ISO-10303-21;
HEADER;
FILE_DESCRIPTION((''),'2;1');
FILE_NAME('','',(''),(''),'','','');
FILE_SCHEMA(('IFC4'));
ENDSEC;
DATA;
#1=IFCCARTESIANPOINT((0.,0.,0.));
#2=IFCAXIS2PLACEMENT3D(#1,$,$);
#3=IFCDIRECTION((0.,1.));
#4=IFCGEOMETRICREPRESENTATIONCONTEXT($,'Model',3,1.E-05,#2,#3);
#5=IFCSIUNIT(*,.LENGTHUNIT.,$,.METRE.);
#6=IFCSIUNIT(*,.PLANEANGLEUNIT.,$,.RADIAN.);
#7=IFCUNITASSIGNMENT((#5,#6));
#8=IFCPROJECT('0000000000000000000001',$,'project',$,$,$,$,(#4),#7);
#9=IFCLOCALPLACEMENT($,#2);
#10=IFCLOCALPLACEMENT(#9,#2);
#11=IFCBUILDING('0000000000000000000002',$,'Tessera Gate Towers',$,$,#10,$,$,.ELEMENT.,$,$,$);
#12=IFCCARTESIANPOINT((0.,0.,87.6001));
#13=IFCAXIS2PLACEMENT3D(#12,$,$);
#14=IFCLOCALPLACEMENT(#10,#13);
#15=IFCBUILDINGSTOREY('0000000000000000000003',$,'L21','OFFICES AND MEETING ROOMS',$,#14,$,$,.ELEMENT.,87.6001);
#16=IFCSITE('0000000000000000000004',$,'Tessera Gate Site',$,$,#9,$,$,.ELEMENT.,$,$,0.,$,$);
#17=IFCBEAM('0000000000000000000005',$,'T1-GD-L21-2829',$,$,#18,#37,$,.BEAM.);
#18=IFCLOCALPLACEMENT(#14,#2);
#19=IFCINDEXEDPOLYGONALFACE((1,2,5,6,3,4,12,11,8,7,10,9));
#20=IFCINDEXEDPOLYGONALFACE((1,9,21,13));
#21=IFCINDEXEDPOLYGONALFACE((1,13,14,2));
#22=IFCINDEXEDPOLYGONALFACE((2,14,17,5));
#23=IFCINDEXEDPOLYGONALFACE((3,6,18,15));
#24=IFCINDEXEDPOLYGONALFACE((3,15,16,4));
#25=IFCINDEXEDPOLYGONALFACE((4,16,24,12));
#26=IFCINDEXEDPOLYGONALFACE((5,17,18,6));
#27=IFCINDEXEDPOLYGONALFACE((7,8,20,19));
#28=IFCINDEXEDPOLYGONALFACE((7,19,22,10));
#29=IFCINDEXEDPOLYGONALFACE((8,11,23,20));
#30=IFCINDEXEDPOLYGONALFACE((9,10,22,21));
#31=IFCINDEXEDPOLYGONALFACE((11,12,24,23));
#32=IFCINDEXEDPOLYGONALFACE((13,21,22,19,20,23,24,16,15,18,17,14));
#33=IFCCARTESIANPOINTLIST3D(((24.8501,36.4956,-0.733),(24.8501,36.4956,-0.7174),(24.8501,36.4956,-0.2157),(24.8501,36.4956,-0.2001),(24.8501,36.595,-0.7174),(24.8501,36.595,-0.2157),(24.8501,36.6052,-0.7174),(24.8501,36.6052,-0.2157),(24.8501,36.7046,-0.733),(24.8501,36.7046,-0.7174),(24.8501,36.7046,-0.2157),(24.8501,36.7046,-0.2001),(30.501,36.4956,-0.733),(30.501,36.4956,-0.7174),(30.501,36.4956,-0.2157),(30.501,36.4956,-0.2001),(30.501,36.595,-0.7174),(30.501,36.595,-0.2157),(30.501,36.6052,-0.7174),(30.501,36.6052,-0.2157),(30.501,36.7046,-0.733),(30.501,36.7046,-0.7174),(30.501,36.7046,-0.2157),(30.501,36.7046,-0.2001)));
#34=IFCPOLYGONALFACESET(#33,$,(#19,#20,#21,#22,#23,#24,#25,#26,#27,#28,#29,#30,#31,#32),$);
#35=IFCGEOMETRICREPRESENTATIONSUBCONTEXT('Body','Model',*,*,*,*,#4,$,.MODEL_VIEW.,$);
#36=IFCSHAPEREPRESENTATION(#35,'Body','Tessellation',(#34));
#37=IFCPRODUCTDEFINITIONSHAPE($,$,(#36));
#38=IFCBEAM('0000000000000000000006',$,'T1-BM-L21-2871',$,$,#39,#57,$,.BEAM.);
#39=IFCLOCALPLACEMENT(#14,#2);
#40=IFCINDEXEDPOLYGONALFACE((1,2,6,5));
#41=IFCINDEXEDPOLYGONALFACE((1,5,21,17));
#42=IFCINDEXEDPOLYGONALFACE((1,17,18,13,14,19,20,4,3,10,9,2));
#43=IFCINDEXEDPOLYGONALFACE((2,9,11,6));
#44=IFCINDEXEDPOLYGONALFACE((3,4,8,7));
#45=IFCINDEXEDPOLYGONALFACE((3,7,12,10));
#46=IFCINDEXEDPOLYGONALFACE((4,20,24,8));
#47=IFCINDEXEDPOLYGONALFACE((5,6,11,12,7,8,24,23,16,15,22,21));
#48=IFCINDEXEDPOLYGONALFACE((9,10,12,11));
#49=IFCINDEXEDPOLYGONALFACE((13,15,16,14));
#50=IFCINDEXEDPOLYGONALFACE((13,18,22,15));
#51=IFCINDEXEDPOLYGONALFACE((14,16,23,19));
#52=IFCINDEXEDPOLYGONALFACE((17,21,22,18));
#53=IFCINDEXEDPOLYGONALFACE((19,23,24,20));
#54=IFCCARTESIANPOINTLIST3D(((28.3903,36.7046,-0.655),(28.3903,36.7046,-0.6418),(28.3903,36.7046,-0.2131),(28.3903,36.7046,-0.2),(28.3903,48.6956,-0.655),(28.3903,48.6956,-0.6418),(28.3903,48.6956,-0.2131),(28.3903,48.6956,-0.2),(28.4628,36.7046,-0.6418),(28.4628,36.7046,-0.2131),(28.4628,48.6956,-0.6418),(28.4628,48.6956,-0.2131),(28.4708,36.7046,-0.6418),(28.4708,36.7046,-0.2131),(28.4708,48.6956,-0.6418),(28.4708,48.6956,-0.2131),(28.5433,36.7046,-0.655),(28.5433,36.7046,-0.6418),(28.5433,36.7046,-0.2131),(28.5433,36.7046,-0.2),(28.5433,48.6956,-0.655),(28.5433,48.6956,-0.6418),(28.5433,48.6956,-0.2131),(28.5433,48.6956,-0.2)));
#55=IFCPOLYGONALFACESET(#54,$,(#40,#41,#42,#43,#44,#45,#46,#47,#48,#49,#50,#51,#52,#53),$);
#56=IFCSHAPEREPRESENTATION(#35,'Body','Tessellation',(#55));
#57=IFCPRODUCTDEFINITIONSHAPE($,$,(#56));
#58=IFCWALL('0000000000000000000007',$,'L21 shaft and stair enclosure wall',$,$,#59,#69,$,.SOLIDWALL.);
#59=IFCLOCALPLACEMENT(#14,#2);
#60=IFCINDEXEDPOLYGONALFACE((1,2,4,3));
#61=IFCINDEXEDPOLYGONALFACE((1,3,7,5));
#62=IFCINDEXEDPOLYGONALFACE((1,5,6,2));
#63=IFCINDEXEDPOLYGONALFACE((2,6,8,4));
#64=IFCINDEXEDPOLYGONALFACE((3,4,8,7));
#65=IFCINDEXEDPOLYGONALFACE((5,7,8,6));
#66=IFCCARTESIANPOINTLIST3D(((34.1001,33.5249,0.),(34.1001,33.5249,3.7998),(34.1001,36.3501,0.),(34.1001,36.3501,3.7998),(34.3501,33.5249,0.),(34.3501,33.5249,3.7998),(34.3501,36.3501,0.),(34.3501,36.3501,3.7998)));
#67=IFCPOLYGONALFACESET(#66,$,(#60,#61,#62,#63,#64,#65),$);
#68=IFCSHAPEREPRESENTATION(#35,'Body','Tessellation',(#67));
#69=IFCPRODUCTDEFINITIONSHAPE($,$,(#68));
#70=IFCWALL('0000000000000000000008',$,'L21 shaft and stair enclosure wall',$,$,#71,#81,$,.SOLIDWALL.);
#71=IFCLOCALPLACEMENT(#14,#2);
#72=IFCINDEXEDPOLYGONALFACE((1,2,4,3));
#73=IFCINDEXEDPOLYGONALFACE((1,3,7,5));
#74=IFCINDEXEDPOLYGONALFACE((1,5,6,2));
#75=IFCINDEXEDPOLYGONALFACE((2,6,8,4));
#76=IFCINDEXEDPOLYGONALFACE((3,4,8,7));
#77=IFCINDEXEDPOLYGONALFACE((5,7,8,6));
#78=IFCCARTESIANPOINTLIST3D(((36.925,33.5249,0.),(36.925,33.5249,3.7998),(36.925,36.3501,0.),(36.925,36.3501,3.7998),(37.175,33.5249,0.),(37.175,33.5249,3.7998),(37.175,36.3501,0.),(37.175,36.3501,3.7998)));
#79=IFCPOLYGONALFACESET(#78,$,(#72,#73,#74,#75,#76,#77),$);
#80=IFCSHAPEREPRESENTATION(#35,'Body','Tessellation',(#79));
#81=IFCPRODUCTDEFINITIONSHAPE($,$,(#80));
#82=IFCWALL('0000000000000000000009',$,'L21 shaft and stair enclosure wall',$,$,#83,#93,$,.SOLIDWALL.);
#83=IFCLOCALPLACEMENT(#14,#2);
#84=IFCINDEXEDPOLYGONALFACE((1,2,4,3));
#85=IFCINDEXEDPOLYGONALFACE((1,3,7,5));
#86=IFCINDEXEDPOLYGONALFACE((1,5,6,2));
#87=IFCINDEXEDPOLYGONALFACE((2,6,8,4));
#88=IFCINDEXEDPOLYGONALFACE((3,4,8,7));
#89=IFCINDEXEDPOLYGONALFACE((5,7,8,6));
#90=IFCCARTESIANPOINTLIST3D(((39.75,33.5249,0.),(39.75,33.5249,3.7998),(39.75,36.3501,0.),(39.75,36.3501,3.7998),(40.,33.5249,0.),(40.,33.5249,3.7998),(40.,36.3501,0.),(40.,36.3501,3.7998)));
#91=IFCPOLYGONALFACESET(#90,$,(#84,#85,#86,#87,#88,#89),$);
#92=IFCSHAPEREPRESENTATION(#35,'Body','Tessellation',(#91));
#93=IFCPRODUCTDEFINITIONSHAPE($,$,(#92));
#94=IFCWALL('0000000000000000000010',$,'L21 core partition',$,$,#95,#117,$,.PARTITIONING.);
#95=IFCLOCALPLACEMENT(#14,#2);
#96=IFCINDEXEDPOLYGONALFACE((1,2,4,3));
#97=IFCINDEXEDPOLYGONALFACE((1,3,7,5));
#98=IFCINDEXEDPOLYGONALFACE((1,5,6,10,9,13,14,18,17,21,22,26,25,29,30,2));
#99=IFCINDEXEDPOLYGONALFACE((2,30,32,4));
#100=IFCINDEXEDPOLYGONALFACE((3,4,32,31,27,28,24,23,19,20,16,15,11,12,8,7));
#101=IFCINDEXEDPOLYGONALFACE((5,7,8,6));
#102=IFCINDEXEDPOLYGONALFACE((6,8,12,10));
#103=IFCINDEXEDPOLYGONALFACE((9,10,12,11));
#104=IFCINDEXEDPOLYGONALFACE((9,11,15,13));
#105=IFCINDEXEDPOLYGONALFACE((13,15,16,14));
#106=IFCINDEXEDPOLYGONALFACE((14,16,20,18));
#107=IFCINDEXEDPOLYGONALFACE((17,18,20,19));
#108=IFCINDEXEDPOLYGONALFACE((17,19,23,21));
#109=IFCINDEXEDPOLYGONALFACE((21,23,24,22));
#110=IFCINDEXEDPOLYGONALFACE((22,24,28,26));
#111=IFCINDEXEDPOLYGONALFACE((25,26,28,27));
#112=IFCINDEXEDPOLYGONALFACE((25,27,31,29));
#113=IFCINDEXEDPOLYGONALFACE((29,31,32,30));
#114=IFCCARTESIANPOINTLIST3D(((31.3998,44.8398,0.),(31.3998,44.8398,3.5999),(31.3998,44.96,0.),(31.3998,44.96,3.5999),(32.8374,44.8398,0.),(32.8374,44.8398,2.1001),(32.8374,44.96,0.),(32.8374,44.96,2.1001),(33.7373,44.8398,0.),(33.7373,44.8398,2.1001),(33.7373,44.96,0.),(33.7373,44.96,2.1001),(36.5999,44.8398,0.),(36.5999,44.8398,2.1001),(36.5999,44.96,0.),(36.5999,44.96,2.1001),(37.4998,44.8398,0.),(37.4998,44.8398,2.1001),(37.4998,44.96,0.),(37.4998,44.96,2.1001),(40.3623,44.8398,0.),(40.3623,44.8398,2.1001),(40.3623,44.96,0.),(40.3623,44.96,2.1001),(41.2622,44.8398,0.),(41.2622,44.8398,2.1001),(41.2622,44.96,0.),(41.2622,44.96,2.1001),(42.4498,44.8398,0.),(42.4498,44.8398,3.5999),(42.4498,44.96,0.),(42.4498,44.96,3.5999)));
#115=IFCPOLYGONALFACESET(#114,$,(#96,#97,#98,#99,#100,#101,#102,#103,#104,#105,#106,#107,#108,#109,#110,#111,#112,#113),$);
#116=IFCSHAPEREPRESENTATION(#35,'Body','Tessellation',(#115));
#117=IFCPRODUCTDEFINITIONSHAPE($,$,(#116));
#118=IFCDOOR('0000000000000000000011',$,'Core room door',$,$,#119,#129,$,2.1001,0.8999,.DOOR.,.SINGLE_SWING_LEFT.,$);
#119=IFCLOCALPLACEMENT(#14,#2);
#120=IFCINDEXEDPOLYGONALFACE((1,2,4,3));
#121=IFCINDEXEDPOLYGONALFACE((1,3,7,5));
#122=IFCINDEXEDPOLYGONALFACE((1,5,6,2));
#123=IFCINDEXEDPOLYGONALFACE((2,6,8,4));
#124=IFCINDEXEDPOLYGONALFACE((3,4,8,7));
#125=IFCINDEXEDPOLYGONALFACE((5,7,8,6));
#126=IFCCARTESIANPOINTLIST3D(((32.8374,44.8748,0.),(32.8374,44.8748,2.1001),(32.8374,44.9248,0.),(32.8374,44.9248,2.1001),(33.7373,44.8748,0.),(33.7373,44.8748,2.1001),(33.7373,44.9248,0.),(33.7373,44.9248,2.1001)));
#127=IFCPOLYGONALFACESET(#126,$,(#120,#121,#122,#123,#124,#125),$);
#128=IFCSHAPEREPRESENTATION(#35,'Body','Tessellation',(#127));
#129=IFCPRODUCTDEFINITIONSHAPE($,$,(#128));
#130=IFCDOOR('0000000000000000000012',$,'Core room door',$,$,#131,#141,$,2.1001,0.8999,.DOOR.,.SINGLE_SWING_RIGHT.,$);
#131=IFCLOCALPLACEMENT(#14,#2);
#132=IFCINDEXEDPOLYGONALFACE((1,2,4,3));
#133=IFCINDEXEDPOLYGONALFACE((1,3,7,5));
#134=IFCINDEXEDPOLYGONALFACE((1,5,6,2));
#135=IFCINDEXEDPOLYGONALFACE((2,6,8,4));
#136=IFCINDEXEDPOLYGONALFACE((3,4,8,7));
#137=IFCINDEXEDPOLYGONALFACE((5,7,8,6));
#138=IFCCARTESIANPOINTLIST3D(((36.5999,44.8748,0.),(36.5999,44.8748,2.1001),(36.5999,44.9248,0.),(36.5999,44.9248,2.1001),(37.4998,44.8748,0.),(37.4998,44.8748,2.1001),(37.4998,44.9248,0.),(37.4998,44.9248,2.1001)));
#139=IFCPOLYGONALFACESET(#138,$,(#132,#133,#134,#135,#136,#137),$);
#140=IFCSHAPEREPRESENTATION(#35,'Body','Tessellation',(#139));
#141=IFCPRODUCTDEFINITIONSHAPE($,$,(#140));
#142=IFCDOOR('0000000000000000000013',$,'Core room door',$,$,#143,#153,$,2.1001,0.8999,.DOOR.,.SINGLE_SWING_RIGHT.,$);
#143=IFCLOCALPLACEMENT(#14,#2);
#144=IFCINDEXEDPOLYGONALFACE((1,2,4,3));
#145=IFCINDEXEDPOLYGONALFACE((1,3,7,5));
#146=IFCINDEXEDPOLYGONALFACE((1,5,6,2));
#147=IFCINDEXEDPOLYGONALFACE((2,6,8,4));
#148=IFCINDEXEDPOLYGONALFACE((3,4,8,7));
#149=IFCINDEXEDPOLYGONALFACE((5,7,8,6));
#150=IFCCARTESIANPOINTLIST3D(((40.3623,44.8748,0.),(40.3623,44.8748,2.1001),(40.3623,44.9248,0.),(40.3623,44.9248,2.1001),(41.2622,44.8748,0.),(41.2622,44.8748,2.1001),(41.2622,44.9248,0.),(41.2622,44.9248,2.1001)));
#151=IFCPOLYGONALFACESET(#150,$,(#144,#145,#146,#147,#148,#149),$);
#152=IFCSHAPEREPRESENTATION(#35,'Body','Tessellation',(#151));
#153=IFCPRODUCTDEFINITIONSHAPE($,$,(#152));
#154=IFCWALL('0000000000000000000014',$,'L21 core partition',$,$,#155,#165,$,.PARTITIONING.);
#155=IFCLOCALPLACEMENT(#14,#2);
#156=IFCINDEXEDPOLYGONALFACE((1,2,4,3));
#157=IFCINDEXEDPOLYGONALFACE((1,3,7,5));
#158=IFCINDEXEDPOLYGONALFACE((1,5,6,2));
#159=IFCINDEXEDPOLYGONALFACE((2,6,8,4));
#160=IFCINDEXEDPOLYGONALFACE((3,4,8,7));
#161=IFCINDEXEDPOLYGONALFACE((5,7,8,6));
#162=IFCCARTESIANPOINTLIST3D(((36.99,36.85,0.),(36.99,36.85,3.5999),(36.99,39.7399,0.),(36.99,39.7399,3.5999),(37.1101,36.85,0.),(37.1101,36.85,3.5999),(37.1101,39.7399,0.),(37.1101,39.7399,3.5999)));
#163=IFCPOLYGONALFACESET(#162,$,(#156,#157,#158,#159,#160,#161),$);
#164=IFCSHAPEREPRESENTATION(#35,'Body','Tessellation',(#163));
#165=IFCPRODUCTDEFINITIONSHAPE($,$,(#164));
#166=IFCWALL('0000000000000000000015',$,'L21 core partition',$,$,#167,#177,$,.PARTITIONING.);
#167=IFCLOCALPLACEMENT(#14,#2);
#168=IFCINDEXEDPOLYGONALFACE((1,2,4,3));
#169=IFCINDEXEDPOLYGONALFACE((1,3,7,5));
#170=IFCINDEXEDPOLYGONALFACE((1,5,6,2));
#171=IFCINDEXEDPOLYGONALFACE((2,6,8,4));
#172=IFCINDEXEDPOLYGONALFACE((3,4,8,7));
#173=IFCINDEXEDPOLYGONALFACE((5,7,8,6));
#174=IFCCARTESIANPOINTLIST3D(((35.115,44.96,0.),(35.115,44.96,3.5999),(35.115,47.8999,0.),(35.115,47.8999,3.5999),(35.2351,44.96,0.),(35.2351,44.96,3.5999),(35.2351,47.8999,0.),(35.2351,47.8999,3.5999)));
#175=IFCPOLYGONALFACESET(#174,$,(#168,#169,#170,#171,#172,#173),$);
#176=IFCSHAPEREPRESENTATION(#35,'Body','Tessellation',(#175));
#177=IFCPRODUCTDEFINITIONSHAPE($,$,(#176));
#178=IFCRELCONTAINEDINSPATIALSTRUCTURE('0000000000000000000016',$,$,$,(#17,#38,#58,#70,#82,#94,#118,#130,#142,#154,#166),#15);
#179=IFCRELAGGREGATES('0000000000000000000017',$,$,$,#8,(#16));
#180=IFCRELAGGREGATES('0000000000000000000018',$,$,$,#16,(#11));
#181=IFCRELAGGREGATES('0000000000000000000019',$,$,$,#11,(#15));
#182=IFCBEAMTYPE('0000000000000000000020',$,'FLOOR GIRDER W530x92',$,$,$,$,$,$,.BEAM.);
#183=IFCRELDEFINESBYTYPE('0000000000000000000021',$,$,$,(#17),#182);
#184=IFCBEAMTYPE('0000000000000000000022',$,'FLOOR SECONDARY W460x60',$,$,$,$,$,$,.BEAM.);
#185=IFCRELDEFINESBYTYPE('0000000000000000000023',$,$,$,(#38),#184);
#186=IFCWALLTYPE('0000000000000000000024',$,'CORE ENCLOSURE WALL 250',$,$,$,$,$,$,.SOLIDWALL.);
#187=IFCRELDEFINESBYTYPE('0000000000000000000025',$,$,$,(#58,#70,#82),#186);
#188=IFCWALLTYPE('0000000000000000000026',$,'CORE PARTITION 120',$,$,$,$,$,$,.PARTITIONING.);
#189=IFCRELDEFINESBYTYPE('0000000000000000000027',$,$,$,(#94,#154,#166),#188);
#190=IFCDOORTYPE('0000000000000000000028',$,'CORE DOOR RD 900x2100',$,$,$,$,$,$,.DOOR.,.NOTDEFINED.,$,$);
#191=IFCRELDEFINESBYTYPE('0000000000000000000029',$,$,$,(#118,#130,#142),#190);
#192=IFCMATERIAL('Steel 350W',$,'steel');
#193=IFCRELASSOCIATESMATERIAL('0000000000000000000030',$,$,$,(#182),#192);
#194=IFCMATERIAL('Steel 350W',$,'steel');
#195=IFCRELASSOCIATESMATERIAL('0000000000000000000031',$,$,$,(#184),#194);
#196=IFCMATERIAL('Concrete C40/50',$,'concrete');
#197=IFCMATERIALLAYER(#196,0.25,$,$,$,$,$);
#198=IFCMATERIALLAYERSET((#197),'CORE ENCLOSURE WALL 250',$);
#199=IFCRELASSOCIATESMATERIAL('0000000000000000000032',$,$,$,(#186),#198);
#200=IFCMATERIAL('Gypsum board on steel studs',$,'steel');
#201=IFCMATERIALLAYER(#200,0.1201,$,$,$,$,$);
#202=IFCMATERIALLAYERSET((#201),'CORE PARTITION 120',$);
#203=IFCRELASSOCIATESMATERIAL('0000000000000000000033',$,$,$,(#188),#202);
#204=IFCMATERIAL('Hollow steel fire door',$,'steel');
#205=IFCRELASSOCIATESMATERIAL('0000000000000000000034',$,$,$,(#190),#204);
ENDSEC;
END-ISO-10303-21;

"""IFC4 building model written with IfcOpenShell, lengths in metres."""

from ifc_helpers import new_model, si_unit, direction, frame, frame_2d, origin, origin_2d, place, context, subcontext, project, spatial, rectangle, i_section, extrude, source, transform, mapped, material, layer, layer_set, material_profile, profile_set, type_object, element, fill, save


model = new_model("IFC4")

# Units and contexts
model_context = context("Model", 3, precision=1e-05, world=origin(), true_north=direction((0.0, 1.0)))
body_context = subcontext(model_context, "Body", "Model", "MODEL_VIEW")
ifc_project = project(units=[si_unit("LENGTHUNIT", "METRE"), si_unit("PLANEANGLEUNIT", "RADIAN")], contexts=[model_context])

# Site, building, storey
site_placement = place(None, origin())
site = spatial("IfcSite", under=ifc_project, at=site_placement, Name="Tessera Gate Site", CompositionType="ELEMENT", RefElevation=0.0)
building_placement = place(site_placement, origin())
building = spatial("IfcBuilding", under=site, at=building_placement, Name="Tessera Gate Towers", CompositionType="ELEMENT")
storey_placement = place(building_placement, frame((0.0, 0.0, 87.6001)))
storey = spatial("IfcBuildingStorey", under=building, at=storey_placement, Name="L21", Description="OFFICES AND MEETING ROOMS", CompositionType="ELEMENT", Elevation=87.6001)

# Beams
ifc_material_1 = material(Name="Steel 350W", Category="steel")
ifc_material_profile_1 = material_profile(ifc_material_1, i_section(OverallWidth=0.209, OverallDepth=0.533, WebThickness=0.0103, FlangeThickness=0.0156, at=origin_2d()), Name="W530x92")
ifc_profile_set_1 = profile_set([ifc_material_profile_1], Name="Steel 350W")
beam_type_1 = type_object("IfcBeamType", Name="FLOOR GIRDER W530x92", PredefinedType="BEAM", material=ifc_profile_set_1)
beam_1_placement = place(storey_placement, frame((24.8501, 36.6001, -0.4666), z_axis=(1.0, 0.0, 0.0), x_axis=(0.0, 1.0, 0.0)))
element("IfcBeam", 1, at=beam_1_placement, inside=storey, type_object=beam_type_1, Name="T1-GD-L21-2829", PredefinedType="BEAM", context=body_context, shape_type="SweptSolid", body=[
    extrude(i_section(OverallWidth=0.209, OverallDepth=0.533, WebThickness=0.0103, FlangeThickness=0.0156, at=origin_2d()), origin(), (0.0, 0.0, 1.0), 5.6509),
])
ifc_material_2 = material(Name="Steel 350W", Category="steel")
ifc_material_profile_2 = material_profile(ifc_material_2, i_section(OverallWidth=0.1531, OverallDepth=0.4551, WebThickness=0.0081, FlangeThickness=0.0132, at=origin_2d()), Name="W460x60")
ifc_profile_set_2 = profile_set([ifc_material_profile_2], Name="Steel 350W")
beam_type_2 = type_object("IfcBeamType", Name="FLOOR SECONDARY W460x60", PredefinedType="BEAM", material=ifc_profile_set_2)
beam_2_placement = place(storey_placement, frame((28.4668, 36.7046, -0.4275), z_axis=(0.0, 1.0, 0.0), x_axis=(-1.0, 0.0, 0.0)))
element("IfcBeam", 2, at=beam_2_placement, inside=storey, type_object=beam_type_2, Name="T1-BM-L21-2871", PredefinedType="BEAM", context=body_context, shape_type="SweptSolid", body=[
    extrude(i_section(OverallWidth=0.1531, OverallDepth=0.4551, WebThickness=0.0081, FlangeThickness=0.0132, at=origin_2d()), origin(), (0.0, 0.0, 1.0), 11.991),
])

# Walls
ifc_material_3 = material(Name="Concrete C40/50", Category="concrete")
ifc_layer_1 = layer(ifc_material_3, 0.25)
ifc_layer_set_1 = layer_set([ifc_layer_1], Name="CORE ENCLOSURE WALL 250")
wall_type_1 = type_object("IfcWallType", Name="CORE ENCLOSURE WALL 250", PredefinedType="SOLIDWALL", material=ifc_layer_set_1)
for number, where, z_axis, x_axis, name in (
    (3, (34.2251, 33.5249, 0.0), (0.0, 0.0, 1.0), (0.0, 1.0, 0.0), "L21 shaft and stair enclosure wall"),
    (4, (37.05, 33.5249, 0.0), (0.0, 0.0, 1.0), (0.0, 1.0, 0.0), "L21 shaft and stair enclosure wall"),
    (5, (39.875, 33.5249, 0.0), (0.0, 0.0, 1.0), (0.0, 1.0, 0.0), "L21 shaft and stair enclosure wall"),
):
    element("IfcWall", number, at=place(storey_placement, frame(where, z_axis=z_axis, x_axis=x_axis)), inside=storey, type_object=wall_type_1, Name=name, PredefinedType="SOLIDWALL", context=body_context, shape_type="SweptSolid", body=[
        extrude(rectangle(XDim=2.8252, YDim=0.25, at=frame_2d((1.4126, 0.0))), origin(), (0.0, 0.0, 1.0), 3.7998),
    ])

# Wall, openings, doors
ifc_material_4 = material(Name="Gypsum board on steel studs", Category="steel")
ifc_layer_2 = layer(ifc_material_4, 0.1201)
ifc_layer_set_2 = layer_set([ifc_layer_2], Name="CORE PARTITION 120")
wall_type_2 = type_object("IfcWallType", Name="CORE PARTITION 120", PredefinedType="PARTITIONING", material=ifc_layer_set_2)
wall_1_placement = place(storey_placement, frame((31.3999, 44.8999, 0.0), z_axis=(0.0, 0.0, 1.0), x_axis=(1.0, 0.0, 0.0)))
wall_1 = element("IfcWall", 6, at=wall_1_placement, inside=storey, type_object=wall_type_2, Name="L21 core partition", PredefinedType="PARTITIONING", context=body_context, shape_type="SweptSolid", body=[
    extrude(rectangle(XDim=11.05, YDim=0.1201, at=frame_2d((5.5249, 0.0))), origin(), (0.0, 0.0, 1.0), 3.5999),
])
shared_shape_1 = source(origin(), body_context, "Body", "SweptSolid", [
    extrude(rectangle(XDim=0.8999, YDim=2.1001, at=frame_2d((0.45, 1.05))), frame((0.0, 0.0701, 0.0), z_axis=(0.0, -1.0, 0.0), x_axis=(1.0, 0.0, 0.0)), (0.0, 0.0, 1.0), 0.1401),
])
opening_1_placement = place(wall_1_placement, frame((1.4375, 0.0, 0.0)))
opening_1 = element("IfcOpeningElement", 7, at=opening_1_placement, cuts=wall_1, PredefinedType="OPENING", context=body_context, shape_type="MappedRepresentation", body=[
    mapped(shared_shape_1, transform((0.0, 0.0, 0.0), scale=1.0)),
])
opening_2_placement = place(wall_1_placement, frame((5.2, 0.0, 0.0)))
opening_2 = element("IfcOpeningElement", 8, at=opening_2_placement, cuts=wall_1, PredefinedType="OPENING", context=body_context, shape_type="MappedRepresentation", body=[
    mapped(shared_shape_1, transform((0.0, 0.0, 0.0), scale=1.0)),
])
opening_3_placement = place(wall_1_placement, frame((8.9624, 0.0, 0.0)))
opening_3 = element("IfcOpeningElement", 9, at=opening_3_placement, cuts=wall_1, PredefinedType="OPENING", context=body_context, shape_type="MappedRepresentation", body=[
    mapped(shared_shape_1, transform((0.0, 0.0, 0.0), scale=1.0)),
])
ifc_material_5 = material(Name="Hollow steel fire door", Category="steel")
door_type_1 = type_object("IfcDoorType", Name="CORE DOOR RD 900x2100", OperationType="NOTDEFINED", PredefinedType="DOOR", material=ifc_material_5)
shared_shape_2 = source(origin(), body_context, "Body", "SweptSolid", [
    extrude(rectangle(XDim=0.8999, YDim=2.1001, at=frame_2d((0.45, 1.05))), frame((0.0, 0.0249, 0.0), z_axis=(0.0, -1.0, 0.0), x_axis=(1.0, 0.0, 0.0)), (0.0, 0.0, 1.0), 0.05),
])
door_1_placement = place(opening_1_placement, origin())
door_1 = element("IfcDoor", 10, at=door_1_placement, inside=storey, type_object=door_type_1, Name="Core room door", OperationType="SINGLE_SWING_LEFT", OverallHeight=2.1001, OverallWidth=0.8999, PredefinedType="DOOR", context=body_context, shape_type="MappedRepresentation", body=[
    mapped(shared_shape_2, transform((0.0, 0.0, 0.0), scale=1.0)),
])
fill(opening_1, door_1)
door_2_placement = place(opening_2_placement, origin())
door_2 = element("IfcDoor", 11, at=door_2_placement, inside=storey, type_object=door_type_1, Name="Core room door", OperationType="SINGLE_SWING_RIGHT", OverallHeight=2.1001, OverallWidth=0.8999, PredefinedType="DOOR", context=body_context, shape_type="MappedRepresentation", body=[
    mapped(shared_shape_2, transform((0.0, 0.0, 0.0), scale=1.0)),
])
fill(opening_2, door_2)
door_3_placement = place(opening_3_placement, origin())
door_3 = element("IfcDoor", 12, at=door_3_placement, inside=storey, type_object=door_type_1, Name="Core room door", OperationType="SINGLE_SWING_RIGHT", OverallHeight=2.1001, OverallWidth=0.8999, PredefinedType="DOOR", context=body_context, shape_type="MappedRepresentation", body=[
    mapped(shared_shape_2, transform((0.0, 0.0, 0.0), scale=1.0)),
])
fill(opening_3, door_3)

# Walls
wall_2_placement = place(storey_placement, frame((37.05, 36.8501, 0.0), z_axis=(0.0, 0.0, 1.0), x_axis=(0.0, 1.0, 0.0)))
element("IfcWall", 13, at=wall_2_placement, inside=storey, type_object=wall_type_2, Name="L21 core partition", PredefinedType="PARTITIONING", context=body_context, shape_type="SweptSolid", body=[
    extrude(rectangle(XDim=2.8899, YDim=0.1201, at=frame_2d((1.4448, 0.0))), origin(), (0.0, 0.0, 1.0), 3.5999),
])
wall_3_placement = place(storey_placement, frame((35.175, 44.96, 0.0), z_axis=(0.0, 0.0, 1.0), x_axis=(0.0, 1.0, 0.0)))
element("IfcWall", 14, at=wall_3_placement, inside=storey, type_object=wall_type_2, Name="L21 core partition", PredefinedType="PARTITIONING", context=body_context, shape_type="SweptSolid", body=[
    extrude(rectangle(XDim=2.9399, YDim=0.1201, at=frame_2d((1.47, 0.0))), origin(), (0.0, 0.0, 1.0), 3.5999),
])

save(model, "model.ifc")
